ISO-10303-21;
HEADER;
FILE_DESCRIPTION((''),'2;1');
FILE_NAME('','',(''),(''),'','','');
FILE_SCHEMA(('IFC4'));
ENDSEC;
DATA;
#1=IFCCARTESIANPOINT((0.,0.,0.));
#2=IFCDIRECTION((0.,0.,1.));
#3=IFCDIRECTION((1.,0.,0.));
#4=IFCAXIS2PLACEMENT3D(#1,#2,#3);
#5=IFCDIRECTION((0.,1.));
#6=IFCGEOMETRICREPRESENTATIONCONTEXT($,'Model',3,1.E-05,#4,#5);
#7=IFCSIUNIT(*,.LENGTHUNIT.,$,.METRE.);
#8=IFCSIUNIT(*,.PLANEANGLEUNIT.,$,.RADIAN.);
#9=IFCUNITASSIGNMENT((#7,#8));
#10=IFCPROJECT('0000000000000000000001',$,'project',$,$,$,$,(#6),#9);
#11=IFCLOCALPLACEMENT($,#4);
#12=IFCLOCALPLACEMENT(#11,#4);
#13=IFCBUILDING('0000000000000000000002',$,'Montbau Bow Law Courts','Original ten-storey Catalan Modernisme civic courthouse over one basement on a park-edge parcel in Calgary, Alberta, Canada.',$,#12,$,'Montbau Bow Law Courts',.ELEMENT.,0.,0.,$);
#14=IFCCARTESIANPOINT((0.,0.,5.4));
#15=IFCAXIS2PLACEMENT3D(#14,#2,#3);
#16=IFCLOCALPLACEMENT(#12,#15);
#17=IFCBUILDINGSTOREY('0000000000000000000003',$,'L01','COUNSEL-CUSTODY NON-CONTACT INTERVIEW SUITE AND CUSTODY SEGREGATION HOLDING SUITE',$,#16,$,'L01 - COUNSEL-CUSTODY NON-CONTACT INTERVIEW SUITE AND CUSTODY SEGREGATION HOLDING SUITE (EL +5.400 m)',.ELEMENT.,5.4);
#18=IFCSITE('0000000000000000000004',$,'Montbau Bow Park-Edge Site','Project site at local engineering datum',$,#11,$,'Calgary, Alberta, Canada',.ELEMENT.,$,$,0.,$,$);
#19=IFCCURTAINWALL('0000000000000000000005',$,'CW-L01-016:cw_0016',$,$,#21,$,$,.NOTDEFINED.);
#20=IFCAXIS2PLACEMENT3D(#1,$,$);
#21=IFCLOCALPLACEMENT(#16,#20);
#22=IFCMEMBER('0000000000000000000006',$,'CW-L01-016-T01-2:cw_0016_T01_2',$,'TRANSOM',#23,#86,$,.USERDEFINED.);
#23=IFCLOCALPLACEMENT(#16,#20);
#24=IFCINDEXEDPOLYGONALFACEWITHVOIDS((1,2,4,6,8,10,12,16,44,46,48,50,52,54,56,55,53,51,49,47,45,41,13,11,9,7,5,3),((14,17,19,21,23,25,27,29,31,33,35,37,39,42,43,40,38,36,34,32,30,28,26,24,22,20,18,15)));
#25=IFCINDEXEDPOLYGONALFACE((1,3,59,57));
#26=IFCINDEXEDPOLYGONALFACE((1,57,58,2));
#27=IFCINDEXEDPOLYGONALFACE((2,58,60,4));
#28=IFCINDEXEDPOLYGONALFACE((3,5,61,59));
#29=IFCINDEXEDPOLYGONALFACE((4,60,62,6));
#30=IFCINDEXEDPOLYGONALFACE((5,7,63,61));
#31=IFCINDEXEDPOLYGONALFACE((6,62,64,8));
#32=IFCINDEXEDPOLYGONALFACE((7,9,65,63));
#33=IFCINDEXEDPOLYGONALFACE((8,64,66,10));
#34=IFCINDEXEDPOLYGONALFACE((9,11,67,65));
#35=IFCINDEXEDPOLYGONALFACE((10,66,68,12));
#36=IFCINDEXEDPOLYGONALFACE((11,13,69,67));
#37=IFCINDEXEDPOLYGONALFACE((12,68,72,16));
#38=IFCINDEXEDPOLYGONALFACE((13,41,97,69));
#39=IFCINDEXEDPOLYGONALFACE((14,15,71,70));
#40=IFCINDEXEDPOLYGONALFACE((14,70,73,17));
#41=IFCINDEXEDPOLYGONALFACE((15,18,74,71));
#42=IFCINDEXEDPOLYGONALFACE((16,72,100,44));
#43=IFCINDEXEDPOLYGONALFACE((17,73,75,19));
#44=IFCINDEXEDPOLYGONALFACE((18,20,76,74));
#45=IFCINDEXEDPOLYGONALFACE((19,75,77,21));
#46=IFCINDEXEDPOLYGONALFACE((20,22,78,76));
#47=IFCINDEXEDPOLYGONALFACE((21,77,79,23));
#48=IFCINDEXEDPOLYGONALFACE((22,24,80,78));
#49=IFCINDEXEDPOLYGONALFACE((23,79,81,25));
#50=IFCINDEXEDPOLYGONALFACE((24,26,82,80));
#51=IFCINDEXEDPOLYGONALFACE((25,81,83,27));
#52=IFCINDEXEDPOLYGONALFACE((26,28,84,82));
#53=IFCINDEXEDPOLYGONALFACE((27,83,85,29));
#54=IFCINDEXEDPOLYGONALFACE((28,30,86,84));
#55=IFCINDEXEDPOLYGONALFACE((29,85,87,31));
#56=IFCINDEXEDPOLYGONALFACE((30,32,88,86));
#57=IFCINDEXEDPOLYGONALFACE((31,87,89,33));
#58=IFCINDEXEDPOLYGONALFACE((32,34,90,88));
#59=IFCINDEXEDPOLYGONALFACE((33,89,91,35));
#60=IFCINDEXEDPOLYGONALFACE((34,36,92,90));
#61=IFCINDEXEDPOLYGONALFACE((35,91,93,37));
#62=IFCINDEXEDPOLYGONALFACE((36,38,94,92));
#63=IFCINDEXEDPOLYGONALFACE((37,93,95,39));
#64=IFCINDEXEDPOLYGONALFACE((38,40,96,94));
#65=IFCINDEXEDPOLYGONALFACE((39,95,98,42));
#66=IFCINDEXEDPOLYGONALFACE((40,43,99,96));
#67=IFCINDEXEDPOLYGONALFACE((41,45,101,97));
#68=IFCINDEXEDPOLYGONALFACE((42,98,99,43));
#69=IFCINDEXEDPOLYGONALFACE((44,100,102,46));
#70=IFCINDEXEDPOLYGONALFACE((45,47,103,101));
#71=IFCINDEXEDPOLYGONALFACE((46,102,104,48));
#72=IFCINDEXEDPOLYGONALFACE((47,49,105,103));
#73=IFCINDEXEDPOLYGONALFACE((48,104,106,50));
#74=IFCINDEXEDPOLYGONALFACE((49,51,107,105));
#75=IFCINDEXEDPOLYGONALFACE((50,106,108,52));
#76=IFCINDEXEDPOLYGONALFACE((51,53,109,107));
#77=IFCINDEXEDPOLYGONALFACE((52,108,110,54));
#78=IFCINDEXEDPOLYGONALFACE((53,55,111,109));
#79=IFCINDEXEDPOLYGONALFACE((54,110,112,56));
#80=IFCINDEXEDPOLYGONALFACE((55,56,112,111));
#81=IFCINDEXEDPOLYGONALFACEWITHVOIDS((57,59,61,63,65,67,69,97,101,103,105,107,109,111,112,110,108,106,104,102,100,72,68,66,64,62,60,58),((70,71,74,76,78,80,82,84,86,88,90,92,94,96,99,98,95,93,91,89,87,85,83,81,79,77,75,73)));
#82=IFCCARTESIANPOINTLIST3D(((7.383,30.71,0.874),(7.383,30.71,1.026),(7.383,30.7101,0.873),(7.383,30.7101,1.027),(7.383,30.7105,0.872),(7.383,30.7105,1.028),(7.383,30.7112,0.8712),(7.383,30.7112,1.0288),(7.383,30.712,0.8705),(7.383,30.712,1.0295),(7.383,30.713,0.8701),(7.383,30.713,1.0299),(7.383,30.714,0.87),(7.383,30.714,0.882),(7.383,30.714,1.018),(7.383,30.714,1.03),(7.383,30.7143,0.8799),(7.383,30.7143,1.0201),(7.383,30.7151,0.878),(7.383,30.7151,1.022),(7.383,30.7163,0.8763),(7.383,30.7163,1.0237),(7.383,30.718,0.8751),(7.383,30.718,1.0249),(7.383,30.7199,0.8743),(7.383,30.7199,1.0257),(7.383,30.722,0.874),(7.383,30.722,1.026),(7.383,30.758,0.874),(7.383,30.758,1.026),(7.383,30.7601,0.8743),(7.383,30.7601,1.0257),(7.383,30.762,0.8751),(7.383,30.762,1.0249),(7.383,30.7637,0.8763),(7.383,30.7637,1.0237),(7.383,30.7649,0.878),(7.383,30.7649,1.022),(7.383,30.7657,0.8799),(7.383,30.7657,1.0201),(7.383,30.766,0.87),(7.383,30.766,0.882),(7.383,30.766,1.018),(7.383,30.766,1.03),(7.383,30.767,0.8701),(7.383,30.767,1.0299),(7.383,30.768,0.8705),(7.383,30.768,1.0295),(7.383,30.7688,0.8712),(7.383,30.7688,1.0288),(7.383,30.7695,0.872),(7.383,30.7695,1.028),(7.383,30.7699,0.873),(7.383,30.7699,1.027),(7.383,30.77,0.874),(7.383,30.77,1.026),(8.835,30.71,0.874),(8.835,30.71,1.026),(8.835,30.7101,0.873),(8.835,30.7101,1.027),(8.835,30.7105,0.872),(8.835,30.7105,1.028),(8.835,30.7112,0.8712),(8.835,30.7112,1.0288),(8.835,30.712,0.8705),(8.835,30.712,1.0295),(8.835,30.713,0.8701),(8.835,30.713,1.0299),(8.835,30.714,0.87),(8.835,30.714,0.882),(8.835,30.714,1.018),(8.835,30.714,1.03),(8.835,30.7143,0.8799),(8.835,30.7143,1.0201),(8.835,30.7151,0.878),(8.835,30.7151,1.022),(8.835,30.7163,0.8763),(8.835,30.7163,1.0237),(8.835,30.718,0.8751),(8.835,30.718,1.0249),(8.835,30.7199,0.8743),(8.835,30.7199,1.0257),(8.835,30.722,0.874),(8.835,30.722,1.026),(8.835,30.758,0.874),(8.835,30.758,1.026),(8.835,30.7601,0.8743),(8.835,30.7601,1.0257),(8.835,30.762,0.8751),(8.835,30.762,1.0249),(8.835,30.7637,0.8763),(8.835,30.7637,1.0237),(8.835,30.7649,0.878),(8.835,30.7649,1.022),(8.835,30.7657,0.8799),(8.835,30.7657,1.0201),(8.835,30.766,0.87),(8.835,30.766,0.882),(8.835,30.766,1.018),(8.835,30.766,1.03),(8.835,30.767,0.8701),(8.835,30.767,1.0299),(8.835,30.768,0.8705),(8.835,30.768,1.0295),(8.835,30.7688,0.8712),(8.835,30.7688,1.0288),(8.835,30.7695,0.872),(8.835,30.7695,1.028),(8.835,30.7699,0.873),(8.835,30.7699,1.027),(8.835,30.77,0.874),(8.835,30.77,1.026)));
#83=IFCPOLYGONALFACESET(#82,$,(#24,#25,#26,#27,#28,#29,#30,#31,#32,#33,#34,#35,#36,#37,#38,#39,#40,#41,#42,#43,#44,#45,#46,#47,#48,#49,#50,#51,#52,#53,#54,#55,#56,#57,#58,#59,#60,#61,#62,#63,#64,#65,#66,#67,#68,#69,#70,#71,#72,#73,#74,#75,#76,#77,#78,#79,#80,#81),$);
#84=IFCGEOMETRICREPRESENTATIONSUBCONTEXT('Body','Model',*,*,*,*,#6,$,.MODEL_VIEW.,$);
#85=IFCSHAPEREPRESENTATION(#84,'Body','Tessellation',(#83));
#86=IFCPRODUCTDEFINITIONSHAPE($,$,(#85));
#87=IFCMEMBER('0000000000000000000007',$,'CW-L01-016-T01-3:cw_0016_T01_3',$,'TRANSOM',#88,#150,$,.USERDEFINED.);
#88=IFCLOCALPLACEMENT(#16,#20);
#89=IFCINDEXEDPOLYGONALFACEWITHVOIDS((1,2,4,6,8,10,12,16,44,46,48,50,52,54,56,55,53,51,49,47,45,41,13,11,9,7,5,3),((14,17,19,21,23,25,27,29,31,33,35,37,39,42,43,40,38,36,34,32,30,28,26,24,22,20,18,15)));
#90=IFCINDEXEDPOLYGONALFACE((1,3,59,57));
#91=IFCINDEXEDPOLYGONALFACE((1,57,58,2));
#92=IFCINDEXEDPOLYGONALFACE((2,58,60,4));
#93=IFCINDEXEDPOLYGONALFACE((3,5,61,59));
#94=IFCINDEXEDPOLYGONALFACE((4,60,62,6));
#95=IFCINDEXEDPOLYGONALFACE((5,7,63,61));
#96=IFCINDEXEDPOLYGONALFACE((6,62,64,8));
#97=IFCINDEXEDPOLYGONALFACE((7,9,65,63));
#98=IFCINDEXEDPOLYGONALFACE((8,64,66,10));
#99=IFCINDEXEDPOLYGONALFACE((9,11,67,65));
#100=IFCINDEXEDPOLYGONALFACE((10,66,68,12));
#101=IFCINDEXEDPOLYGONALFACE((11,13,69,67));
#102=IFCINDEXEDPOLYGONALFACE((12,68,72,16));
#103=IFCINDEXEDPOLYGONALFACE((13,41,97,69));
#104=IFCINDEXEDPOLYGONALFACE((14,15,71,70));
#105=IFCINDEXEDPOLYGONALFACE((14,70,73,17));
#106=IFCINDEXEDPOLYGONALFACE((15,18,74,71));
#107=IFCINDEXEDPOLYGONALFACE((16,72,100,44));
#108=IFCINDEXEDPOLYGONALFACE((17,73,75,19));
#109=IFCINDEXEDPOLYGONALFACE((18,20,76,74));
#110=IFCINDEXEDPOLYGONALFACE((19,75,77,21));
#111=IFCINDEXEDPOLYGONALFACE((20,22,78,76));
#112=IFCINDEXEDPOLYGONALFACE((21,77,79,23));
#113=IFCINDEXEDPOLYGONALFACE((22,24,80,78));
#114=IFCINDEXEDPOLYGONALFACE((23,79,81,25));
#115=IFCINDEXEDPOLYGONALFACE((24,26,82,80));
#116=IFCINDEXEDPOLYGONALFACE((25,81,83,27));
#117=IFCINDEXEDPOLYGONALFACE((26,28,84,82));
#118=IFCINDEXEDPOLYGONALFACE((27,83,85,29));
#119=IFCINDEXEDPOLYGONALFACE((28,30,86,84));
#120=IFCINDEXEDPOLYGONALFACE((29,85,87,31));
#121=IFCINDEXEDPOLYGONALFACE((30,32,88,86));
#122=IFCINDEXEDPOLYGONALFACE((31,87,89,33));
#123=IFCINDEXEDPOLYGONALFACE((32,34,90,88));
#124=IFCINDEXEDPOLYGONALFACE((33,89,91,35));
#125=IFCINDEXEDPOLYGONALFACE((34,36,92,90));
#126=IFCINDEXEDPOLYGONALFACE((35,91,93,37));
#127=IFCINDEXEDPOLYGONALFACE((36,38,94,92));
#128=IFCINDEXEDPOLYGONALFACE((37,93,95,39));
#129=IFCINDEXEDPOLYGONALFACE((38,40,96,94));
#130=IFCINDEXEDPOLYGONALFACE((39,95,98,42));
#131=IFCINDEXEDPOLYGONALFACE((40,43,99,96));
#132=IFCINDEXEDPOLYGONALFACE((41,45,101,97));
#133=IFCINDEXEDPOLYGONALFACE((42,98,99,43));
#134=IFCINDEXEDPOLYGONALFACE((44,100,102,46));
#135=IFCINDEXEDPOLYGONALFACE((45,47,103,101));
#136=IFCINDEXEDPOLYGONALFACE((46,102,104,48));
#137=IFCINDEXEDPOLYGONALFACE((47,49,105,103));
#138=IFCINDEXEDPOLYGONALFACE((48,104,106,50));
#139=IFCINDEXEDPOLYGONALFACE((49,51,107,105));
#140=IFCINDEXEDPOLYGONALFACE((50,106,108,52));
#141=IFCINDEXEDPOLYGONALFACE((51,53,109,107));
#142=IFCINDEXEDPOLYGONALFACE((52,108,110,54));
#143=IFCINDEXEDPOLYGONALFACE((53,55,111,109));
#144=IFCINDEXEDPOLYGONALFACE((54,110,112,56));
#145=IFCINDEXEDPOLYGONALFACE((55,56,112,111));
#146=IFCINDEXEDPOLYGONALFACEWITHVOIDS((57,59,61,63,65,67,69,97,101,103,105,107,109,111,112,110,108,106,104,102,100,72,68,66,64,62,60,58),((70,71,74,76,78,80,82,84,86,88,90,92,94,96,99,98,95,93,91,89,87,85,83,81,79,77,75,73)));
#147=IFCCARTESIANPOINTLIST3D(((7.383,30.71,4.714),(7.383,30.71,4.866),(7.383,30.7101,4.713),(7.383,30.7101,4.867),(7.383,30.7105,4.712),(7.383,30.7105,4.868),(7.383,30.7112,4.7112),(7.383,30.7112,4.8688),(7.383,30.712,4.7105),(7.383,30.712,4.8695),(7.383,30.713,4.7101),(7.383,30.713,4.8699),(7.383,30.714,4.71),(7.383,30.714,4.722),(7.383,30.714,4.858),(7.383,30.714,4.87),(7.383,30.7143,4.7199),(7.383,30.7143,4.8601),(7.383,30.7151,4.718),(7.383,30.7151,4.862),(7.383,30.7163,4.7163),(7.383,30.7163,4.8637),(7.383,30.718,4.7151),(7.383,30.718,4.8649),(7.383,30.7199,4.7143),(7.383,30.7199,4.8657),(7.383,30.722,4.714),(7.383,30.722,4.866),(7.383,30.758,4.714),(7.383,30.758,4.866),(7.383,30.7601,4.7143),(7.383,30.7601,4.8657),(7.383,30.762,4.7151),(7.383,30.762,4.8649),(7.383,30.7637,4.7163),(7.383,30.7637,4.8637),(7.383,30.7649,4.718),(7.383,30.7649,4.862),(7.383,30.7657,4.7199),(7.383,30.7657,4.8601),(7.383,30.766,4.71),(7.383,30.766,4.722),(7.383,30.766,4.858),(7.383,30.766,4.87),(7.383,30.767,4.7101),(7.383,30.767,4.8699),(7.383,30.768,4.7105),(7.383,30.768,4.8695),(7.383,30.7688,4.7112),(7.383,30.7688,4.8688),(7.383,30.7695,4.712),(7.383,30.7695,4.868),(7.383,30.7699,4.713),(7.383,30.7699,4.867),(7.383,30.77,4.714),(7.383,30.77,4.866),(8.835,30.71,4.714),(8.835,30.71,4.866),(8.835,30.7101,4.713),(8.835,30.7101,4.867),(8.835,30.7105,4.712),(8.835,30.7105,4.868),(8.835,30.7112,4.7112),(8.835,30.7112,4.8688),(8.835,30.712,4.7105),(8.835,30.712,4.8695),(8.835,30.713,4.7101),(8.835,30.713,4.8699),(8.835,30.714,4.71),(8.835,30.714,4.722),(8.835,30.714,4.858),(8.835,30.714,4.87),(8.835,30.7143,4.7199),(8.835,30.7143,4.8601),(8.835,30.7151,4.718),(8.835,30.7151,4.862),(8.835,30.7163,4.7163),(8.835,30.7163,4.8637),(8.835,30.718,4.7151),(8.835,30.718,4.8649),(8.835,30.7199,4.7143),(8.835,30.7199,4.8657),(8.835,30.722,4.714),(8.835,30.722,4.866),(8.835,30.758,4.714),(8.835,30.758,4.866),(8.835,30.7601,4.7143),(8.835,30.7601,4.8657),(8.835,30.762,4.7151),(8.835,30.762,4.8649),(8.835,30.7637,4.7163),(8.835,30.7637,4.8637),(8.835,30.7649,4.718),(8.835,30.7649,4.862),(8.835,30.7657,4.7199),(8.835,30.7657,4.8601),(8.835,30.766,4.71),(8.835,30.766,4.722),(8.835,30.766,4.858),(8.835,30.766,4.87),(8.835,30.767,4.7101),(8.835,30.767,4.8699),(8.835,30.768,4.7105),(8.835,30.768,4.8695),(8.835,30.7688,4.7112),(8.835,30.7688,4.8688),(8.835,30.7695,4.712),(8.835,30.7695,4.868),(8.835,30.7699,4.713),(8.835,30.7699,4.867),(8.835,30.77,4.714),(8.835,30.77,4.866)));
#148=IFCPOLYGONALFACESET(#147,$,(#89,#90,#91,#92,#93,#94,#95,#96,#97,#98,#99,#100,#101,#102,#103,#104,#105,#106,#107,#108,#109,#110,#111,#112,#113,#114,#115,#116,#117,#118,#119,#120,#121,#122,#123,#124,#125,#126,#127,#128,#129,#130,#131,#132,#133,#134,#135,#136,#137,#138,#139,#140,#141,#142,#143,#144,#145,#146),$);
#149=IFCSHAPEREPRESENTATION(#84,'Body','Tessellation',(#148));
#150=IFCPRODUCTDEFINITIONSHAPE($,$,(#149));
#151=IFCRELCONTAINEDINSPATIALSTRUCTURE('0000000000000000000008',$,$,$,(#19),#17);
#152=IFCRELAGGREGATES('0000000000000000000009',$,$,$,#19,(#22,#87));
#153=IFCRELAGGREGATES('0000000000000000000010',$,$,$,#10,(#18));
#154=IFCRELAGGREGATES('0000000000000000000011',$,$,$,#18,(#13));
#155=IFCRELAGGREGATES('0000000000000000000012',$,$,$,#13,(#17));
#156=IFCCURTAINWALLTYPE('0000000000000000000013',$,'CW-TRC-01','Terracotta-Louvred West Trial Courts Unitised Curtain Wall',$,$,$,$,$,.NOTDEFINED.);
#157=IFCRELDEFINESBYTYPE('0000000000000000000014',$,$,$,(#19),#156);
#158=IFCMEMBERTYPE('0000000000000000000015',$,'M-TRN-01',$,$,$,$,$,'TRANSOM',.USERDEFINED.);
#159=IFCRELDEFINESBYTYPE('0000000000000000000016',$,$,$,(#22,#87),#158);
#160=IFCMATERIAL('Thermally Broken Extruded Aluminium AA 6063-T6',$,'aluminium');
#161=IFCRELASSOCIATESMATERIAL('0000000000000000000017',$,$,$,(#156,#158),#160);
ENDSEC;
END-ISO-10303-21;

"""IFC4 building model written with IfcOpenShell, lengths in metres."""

from ifc_helpers import new_model, si_unit, direction, frame, origin_with_axes, origin_2d_with_axis, place, context, subcontext, project, spatial, hollow_rectangle, extrude, material, material_profile, profile_set, type_object, element, aggregate, save


model = new_model("IFC4")

# Units and contexts
model_context = context("Model", 3, precision=1e-05, world=origin_with_axes(), true_north=direction((0.0, 1.0)))
body_context = subcontext(model_context, "Body", "Model", "MODEL_VIEW")
ifc_project = project(units=[si_unit("LENGTHUNIT", "METRE"), si_unit("PLANEANGLEUNIT", "RADIAN")], contexts=[model_context])

# Site, building, storey
site_placement = place(None, origin_with_axes())
site = spatial("IfcSite", under=ifc_project, at=site_placement, Name="Montbau Bow Park-Edge Site", Description="Project site at local engineering datum", LongName="Calgary, Alberta, Canada", CompositionType="ELEMENT", RefElevation=0.0)
building_placement = place(site_placement, origin_with_axes())
building = spatial("IfcBuilding", under=site, at=building_placement, Name="Montbau Bow Law Courts", Description="Original ten-storey Catalan Modernisme civic courthouse over one basement on a park-edge parcel in Calgary, Alberta, Canada.", LongName="Montbau Bow Law Courts", CompositionType="ELEMENT", ElevationOfRefHeight=0.0, ElevationOfTerrain=0.0)
storey_placement = place(building_placement, frame((0.0, 0.0, 5.4), z_axis=(0.0, 0.0, 1.0), x_axis=(1.0, 0.0, 0.0)))
storey = spatial("IfcBuildingStorey", under=building, at=storey_placement, Name="L01", Description="COUNSEL-CUSTODY NON-CONTACT INTERVIEW SUITE AND CUSTODY SEGREGATION HOLDING SUITE", LongName="L01 - COUNSEL-CUSTODY NON-CONTACT INTERVIEW SUITE AND CUSTODY SEGREGATION HOLDING SUITE (EL +5.400 m)", CompositionType="ELEMENT", Elevation=5.4)

# Curtain wall, members
ifc_material_1 = material(Name="Thermally Broken Extruded Aluminium AA 6063-T6", Category="aluminium")
curtain_wall_type = type_object("IfcCurtainWallType", Name="CW-TRC-01", Description="Terracotta-Louvred West Trial Courts Unitised Curtain Wall", PredefinedType="NOTDEFINED", material=ifc_material_1)
curtain_wall_1_placement = place(None, frame((7.315, 30.74, 5.4), z_axis=(0.0, 0.0, 1.0), x_axis=(1.0, 0.0, 0.0)))
curtain_wall_1 = element("IfcCurtainWall", 1, at=curtain_wall_1_placement, inside=storey, type_object=curtain_wall_type, Name="CW-L01-016:cw_0016", PredefinedType="NOTDEFINED")
ifc_material_profile = material_profile(ifc_material_1, hollow_rectangle(XDim=0.06, YDim=0.16, WallThickness=0.004, InnerFilletRadius=0.008, OuterFilletRadius=0.004, at=origin_2d_with_axis()), Name="CWT-160X60", Category="Main", Priority=0)
ifc_profile_set = profile_set([ifc_material_profile], Name="Thermally Broken Extruded Aluminium AA 6063-T6")
member_type = type_object("IfcMemberType", Name="M-TRN-01", ElementType="TRANSOM", PredefinedType="USERDEFINED", material=ifc_profile_set)
member_1_placement = place(None, frame((7.383, 30.74, 6.35), z_axis=(1.0, 0.0, 0.0), x_axis=(0.0, 1.0, 0.0)))
member_1 = element("IfcMember", 2, at=member_1_placement, type_object=member_type, Name="CW-L01-016-T01-2:cw_0016_T01_2", ObjectType="TRANSOM", PredefinedType="USERDEFINED", context=body_context, shape_type="SweptSolid", body=[
    extrude(hollow_rectangle(XDim=0.06, YDim=0.16, WallThickness=0.004, InnerFilletRadius=0.008, OuterFilletRadius=0.004, at=origin_2d_with_axis()), origin_with_axes(), (0.0, 0.0, 1.0), 1.452),
])
member_2_placement = place(None, frame((7.383, 30.74, 10.19), z_axis=(1.0, 0.0, 0.0), x_axis=(0.0, 1.0, 0.0)))
member_2 = element("IfcMember", 3, at=member_2_placement, type_object=member_type, Name="CW-L01-016-T01-3:cw_0016_T01_3", ObjectType="TRANSOM", PredefinedType="USERDEFINED", context=body_context, shape_type="SweptSolid", body=[
    extrude(hollow_rectangle(XDim=0.06, YDim=0.16, WallThickness=0.004, InnerFilletRadius=0.008, OuterFilletRadius=0.004, at=origin_2d_with_axis()), origin_with_axes(), (0.0, 0.0, 1.0), 1.452),
])

aggregate(curtain_wall_1, [member_1, member_2])

save(model, "model.ifc")
